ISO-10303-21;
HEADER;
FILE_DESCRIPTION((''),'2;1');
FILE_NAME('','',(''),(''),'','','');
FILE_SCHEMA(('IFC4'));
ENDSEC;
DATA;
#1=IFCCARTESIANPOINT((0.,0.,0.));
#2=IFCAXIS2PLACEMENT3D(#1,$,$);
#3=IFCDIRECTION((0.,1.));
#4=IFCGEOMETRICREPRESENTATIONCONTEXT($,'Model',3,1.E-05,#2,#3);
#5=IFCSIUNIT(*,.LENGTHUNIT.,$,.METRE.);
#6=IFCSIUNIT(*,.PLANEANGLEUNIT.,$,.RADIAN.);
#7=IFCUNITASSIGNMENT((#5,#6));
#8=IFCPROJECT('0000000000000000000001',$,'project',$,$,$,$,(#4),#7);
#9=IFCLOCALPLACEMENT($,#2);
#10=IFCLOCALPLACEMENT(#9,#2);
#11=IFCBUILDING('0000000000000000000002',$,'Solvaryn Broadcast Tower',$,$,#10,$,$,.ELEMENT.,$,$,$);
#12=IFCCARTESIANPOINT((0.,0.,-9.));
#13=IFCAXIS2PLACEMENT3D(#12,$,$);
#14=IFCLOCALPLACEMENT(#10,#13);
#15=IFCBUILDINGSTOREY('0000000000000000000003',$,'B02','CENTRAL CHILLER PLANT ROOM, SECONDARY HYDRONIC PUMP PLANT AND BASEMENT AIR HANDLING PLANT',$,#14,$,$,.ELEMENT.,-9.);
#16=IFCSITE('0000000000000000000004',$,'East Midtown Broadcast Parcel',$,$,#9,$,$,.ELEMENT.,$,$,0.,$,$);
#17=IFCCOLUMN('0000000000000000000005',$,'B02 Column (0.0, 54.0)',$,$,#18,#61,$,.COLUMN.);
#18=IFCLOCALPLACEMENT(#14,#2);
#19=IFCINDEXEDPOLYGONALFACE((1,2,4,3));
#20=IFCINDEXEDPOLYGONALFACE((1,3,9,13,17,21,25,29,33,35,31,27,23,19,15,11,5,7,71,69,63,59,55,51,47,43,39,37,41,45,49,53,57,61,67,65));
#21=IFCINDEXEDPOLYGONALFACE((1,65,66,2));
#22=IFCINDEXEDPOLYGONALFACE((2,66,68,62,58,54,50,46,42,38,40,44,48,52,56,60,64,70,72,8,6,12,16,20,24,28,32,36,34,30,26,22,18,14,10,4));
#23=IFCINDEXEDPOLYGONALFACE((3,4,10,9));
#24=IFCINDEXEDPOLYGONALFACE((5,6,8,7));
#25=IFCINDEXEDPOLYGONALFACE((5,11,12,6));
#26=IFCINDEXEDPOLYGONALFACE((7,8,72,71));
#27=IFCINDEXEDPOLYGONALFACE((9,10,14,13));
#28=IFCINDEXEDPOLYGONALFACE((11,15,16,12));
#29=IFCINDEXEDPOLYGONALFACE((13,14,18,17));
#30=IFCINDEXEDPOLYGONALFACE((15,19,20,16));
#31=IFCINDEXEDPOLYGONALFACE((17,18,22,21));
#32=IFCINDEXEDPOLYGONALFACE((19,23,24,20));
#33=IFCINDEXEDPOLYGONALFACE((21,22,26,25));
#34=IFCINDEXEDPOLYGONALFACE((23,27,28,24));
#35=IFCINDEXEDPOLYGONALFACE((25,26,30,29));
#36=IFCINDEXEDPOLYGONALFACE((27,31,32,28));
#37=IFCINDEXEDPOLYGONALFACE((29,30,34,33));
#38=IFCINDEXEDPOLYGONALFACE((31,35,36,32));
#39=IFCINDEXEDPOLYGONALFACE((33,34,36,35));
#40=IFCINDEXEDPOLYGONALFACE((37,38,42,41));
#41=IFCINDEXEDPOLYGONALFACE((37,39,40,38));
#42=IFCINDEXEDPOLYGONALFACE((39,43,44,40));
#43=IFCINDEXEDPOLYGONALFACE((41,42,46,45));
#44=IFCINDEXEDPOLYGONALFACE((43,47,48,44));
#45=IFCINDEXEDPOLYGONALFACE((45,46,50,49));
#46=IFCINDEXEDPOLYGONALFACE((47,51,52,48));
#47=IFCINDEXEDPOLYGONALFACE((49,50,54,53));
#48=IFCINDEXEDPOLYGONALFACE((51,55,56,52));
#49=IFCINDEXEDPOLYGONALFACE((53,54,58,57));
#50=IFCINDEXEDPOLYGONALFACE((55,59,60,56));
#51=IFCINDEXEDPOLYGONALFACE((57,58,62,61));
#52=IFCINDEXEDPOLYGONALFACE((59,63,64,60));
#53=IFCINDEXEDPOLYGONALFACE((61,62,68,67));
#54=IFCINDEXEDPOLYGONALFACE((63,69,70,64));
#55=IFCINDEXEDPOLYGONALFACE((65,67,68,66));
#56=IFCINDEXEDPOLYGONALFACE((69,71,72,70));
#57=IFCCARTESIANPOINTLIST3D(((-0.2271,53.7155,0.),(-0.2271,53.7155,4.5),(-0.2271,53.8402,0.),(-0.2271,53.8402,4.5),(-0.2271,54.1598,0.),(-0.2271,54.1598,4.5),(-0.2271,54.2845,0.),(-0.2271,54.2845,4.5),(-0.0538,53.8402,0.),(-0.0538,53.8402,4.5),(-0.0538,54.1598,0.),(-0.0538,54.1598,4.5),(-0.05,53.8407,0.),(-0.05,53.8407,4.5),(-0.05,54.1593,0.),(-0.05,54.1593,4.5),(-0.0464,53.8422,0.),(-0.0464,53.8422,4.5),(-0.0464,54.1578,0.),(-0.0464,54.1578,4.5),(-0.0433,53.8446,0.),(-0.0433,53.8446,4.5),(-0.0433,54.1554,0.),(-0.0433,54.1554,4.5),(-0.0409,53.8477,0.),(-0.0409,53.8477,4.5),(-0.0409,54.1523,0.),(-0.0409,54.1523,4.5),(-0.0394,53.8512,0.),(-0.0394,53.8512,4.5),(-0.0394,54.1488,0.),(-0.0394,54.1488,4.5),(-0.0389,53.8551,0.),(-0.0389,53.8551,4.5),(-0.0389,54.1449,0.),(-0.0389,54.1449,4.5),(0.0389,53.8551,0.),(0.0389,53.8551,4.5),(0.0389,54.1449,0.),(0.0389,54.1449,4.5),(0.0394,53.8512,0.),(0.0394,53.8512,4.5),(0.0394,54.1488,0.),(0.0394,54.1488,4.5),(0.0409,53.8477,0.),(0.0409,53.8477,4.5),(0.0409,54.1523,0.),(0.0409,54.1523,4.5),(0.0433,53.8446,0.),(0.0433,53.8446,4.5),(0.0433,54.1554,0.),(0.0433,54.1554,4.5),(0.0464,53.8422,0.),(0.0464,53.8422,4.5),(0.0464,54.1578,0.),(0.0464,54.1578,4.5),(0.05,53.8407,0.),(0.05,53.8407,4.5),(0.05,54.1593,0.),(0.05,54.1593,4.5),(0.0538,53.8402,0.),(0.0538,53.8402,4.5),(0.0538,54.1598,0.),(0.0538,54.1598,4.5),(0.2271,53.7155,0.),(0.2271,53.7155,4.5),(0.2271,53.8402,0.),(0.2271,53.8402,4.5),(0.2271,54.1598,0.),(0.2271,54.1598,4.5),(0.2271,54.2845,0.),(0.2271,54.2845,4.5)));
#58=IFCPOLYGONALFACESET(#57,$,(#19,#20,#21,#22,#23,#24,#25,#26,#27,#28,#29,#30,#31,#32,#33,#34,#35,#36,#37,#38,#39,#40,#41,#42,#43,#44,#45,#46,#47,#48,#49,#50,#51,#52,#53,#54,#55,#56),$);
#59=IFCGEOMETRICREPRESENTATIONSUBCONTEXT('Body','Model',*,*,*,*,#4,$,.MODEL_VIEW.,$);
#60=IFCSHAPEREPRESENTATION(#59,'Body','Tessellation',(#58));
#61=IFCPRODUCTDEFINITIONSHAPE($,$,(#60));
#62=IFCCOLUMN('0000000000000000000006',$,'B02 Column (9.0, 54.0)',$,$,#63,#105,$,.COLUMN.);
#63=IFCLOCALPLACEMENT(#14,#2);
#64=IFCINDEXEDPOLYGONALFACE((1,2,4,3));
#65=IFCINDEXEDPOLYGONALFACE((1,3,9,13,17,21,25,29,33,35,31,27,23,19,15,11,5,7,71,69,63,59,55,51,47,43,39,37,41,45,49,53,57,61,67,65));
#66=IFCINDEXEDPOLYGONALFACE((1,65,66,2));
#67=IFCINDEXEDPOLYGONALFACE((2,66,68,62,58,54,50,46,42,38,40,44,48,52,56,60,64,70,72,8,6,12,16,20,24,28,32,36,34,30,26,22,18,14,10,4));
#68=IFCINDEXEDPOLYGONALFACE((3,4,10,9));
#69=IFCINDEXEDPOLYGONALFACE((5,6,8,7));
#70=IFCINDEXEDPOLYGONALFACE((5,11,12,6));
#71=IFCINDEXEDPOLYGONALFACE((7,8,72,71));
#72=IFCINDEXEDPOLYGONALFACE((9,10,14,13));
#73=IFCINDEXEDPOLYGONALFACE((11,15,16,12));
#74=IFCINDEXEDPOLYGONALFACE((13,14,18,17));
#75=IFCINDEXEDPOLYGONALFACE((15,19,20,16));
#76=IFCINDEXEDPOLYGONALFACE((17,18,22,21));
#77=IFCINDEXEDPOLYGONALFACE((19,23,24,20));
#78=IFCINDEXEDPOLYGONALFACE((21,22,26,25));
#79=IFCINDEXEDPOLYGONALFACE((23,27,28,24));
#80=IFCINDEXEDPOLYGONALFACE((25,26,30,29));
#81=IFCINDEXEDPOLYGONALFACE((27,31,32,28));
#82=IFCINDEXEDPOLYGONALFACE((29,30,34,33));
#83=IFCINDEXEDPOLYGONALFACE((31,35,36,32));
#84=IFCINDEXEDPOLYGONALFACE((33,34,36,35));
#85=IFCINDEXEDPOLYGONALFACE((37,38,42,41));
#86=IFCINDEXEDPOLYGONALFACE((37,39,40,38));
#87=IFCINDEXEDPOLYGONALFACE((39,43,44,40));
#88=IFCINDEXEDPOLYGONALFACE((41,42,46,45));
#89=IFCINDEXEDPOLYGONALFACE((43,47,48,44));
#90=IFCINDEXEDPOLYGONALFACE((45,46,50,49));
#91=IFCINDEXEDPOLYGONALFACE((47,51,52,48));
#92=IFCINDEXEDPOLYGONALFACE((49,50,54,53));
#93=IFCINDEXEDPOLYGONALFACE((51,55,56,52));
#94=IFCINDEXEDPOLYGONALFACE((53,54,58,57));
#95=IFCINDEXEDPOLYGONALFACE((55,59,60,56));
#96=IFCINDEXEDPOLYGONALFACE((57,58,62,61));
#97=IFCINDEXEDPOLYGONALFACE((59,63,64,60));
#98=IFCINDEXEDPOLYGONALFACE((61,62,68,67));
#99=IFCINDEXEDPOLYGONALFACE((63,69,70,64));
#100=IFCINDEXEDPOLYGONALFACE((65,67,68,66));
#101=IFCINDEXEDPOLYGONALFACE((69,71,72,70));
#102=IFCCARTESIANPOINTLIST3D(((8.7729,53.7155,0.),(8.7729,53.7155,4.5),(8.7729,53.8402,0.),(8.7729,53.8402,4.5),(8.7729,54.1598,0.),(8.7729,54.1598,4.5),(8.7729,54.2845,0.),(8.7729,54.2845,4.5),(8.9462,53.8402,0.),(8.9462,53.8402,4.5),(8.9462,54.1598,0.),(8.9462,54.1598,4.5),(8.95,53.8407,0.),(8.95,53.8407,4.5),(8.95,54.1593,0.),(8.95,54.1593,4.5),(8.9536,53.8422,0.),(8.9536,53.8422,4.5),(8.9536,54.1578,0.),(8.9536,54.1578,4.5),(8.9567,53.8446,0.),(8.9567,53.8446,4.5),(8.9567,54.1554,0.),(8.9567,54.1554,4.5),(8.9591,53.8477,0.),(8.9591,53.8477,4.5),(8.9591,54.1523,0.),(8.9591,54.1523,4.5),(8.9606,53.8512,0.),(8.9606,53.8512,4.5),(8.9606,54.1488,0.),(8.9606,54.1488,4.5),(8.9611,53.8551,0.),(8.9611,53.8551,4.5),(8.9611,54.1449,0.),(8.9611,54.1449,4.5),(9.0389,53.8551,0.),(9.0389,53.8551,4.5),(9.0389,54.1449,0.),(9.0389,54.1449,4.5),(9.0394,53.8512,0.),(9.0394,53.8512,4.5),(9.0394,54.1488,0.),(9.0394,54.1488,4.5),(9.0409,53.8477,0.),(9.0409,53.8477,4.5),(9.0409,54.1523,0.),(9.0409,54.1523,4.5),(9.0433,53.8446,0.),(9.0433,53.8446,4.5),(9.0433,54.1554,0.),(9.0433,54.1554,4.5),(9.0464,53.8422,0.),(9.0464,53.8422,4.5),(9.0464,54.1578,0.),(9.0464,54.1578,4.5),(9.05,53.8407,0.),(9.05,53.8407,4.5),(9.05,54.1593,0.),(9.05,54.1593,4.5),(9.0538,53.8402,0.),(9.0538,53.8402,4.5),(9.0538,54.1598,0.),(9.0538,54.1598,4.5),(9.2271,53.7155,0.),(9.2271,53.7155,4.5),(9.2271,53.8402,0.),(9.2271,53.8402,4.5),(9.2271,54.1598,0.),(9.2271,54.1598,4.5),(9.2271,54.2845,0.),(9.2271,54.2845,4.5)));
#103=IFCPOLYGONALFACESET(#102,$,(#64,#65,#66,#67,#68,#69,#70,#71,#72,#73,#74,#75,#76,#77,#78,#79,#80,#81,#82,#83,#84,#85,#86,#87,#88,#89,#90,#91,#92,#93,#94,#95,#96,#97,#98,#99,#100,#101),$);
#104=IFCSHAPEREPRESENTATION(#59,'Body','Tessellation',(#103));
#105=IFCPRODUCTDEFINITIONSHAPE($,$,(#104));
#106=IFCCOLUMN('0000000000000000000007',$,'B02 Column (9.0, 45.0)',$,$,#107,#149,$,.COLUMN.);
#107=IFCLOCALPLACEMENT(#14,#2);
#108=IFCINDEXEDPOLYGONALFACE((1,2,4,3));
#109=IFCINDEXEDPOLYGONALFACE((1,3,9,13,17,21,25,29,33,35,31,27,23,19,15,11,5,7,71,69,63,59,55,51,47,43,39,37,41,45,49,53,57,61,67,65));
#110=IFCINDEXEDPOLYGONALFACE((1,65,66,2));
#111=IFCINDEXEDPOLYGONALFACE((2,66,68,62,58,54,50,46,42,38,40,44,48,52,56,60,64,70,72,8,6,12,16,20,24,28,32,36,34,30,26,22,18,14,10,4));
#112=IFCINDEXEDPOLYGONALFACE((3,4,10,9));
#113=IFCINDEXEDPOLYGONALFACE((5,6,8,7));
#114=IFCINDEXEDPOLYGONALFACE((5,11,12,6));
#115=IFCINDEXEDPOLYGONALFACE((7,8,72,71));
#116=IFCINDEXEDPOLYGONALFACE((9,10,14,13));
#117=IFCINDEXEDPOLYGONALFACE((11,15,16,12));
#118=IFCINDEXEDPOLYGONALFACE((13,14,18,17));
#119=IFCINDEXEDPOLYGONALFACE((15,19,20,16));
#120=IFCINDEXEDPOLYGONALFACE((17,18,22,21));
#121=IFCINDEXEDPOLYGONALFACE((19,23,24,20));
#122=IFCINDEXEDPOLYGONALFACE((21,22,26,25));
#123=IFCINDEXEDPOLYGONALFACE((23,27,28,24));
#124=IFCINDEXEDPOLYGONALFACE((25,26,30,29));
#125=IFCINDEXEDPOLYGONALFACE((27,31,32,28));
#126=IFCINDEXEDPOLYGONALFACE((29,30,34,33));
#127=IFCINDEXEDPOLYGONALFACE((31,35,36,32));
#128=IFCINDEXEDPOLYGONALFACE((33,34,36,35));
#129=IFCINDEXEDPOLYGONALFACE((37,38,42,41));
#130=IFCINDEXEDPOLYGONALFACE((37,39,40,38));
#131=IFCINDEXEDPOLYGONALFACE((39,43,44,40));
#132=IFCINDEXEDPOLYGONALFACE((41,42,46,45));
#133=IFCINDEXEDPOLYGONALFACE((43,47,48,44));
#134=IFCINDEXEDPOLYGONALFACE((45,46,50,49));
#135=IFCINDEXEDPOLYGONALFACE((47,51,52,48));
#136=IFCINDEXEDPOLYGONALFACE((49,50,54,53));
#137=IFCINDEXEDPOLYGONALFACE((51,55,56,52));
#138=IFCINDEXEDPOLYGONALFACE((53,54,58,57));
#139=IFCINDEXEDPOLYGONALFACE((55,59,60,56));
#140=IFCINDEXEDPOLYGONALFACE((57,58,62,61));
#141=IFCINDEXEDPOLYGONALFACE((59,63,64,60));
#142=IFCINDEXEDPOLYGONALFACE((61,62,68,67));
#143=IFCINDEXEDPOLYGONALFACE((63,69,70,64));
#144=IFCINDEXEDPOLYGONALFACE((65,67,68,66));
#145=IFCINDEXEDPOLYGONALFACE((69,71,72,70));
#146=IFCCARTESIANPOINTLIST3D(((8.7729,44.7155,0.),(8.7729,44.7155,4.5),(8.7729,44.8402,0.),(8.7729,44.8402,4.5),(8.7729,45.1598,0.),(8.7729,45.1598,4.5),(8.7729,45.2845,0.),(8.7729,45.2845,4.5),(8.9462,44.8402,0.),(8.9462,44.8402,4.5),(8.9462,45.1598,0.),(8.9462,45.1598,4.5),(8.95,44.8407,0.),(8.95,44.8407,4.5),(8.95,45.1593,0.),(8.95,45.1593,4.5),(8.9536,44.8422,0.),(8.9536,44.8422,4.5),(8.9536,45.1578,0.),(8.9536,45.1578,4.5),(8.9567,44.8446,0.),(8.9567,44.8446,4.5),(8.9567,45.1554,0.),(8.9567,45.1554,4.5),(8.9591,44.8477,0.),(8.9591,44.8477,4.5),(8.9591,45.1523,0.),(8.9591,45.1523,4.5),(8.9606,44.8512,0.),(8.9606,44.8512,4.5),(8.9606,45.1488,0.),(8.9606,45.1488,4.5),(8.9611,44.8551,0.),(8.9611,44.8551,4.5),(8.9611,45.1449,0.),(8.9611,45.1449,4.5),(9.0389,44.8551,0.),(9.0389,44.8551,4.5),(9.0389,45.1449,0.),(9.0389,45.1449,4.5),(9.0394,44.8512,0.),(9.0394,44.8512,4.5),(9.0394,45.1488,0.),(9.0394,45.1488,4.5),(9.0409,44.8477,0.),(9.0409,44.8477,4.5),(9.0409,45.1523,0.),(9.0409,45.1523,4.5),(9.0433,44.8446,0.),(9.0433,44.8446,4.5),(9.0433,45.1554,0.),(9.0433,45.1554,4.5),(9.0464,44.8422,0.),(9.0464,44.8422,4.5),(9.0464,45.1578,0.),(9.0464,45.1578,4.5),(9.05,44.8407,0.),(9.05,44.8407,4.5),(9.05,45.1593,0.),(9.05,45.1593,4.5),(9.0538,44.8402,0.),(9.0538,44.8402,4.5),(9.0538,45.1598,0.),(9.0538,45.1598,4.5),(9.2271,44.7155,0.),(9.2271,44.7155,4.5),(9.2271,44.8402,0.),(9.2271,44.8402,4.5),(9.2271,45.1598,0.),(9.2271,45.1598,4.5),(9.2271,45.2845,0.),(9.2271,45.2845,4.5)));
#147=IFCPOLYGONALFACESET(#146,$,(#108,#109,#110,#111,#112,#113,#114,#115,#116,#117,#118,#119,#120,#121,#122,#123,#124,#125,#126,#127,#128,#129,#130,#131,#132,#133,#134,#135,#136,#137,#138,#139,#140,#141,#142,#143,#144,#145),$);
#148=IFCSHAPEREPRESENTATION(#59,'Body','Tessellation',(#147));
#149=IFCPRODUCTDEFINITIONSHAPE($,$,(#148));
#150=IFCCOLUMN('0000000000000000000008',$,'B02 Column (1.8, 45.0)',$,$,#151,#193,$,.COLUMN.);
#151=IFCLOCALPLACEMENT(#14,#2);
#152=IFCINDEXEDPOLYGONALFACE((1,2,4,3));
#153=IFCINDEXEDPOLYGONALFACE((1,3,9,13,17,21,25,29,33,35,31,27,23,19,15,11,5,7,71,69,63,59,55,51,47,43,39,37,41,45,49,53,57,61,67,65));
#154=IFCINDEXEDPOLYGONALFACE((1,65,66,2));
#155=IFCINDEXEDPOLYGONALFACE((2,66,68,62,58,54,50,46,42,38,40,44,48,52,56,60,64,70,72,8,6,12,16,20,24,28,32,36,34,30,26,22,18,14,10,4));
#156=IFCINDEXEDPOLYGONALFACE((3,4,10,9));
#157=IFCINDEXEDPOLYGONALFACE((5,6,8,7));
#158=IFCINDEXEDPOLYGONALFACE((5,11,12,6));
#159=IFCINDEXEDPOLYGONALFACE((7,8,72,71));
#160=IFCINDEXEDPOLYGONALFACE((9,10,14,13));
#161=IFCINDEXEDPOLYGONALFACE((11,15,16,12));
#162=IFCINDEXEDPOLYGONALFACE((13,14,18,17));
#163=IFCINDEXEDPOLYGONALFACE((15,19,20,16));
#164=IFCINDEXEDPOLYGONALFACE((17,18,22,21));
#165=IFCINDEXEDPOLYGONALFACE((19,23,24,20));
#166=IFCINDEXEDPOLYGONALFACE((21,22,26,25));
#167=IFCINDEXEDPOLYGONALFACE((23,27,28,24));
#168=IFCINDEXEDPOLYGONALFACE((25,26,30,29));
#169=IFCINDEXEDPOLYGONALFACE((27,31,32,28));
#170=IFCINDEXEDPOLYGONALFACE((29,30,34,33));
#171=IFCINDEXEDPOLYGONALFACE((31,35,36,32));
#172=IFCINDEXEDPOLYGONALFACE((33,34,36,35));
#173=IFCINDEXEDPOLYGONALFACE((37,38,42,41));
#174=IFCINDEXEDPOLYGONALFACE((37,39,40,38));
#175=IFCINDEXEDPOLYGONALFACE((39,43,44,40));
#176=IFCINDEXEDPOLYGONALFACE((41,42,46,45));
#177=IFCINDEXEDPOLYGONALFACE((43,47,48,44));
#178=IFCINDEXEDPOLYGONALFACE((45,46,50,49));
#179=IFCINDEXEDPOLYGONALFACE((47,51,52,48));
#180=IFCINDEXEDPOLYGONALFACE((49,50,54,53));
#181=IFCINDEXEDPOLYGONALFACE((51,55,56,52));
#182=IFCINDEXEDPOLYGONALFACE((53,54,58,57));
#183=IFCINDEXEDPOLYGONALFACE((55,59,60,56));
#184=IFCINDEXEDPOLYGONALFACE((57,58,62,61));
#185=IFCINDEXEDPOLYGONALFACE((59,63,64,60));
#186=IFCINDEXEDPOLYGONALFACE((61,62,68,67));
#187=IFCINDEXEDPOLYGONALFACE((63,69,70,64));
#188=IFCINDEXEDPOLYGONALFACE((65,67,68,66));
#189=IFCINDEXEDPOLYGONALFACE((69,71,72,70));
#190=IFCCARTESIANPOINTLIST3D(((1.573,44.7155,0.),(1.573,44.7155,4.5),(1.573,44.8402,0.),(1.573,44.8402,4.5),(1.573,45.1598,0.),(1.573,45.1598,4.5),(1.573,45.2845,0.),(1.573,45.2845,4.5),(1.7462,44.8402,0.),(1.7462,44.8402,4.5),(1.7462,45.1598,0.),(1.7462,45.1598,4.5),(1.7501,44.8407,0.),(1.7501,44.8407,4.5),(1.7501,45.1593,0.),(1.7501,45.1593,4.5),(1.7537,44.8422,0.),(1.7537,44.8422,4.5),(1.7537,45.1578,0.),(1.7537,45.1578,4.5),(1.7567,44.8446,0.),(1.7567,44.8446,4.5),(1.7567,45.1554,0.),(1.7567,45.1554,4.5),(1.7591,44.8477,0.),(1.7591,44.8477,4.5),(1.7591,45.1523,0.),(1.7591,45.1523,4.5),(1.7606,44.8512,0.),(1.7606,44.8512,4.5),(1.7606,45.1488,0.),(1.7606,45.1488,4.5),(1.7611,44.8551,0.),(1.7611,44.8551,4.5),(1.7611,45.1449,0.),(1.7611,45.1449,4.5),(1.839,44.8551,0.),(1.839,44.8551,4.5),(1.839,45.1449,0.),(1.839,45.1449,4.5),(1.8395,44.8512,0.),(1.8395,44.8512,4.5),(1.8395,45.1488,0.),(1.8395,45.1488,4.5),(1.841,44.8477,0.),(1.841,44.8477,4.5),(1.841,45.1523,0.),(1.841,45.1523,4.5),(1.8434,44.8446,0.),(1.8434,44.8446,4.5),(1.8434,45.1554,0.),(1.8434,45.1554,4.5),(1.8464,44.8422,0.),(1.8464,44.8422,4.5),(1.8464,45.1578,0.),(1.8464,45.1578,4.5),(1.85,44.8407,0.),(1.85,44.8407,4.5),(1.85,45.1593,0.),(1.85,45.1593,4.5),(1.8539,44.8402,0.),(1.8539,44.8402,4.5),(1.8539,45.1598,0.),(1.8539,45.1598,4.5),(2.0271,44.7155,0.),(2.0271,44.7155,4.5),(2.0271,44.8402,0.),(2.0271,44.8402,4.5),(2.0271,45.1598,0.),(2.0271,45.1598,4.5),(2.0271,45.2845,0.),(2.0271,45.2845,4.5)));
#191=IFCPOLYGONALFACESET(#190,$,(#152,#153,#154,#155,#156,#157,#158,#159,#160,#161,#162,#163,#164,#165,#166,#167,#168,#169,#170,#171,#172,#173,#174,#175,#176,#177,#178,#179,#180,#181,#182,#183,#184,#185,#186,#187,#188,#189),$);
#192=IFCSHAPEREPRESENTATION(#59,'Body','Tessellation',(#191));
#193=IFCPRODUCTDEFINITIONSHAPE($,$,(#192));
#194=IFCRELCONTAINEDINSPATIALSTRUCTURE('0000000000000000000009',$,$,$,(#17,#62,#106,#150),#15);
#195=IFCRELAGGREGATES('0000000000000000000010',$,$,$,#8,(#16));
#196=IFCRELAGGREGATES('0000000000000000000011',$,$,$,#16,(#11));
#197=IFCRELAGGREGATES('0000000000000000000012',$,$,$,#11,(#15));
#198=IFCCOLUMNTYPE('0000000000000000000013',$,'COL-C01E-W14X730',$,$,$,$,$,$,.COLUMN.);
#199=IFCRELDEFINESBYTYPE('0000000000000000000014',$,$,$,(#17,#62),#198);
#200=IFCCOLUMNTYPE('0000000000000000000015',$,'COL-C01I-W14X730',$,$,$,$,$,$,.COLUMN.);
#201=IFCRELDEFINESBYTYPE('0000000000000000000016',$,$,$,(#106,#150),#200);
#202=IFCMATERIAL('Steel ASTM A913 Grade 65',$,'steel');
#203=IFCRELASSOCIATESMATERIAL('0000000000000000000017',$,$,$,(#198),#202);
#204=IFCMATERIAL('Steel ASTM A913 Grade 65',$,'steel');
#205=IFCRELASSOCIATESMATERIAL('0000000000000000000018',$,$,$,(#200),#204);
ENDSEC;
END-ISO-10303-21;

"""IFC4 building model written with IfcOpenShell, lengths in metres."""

from ifc_helpers import new_model, si_unit, direction, frame, origin, origin_2d, place, context, subcontext, project, spatial, i_section, extrude, material, material_profile, profile_set, type_object, element, save


model = new_model("IFC4")

# Units and contexts
model_context = context("Model", 3, precision=1e-05, world=origin(), true_north=direction((0.0, 1.0)))
body_context = subcontext(model_context, "Body", "Model", "MODEL_VIEW")
ifc_project = project(units=[si_unit("LENGTHUNIT", "METRE"), si_unit("PLANEANGLEUNIT", "RADIAN")], contexts=[model_context])

# Site, building, storey
site_placement = place(None, origin())
site = spatial("IfcSite", under=ifc_project, at=site_placement, Name="East Midtown Broadcast Parcel", CompositionType="ELEMENT", RefElevation=0.0)
building_placement = place(site_placement, origin())
building = spatial("IfcBuilding", under=site, at=building_placement, Name="Solvaryn Broadcast Tower", CompositionType="ELEMENT")
storey_placement = place(building_placement, frame((0.0, 0.0, -9.0)))
storey = spatial("IfcBuildingStorey", under=building, at=storey_placement, Name="B02", Description="CENTRAL CHILLER PLANT ROOM, SECONDARY HYDRONIC PUMP PLANT AND BASEMENT AIR HANDLING PLANT", CompositionType="ELEMENT", Elevation=-9.0)

# Columns
ifc_material_1 = material(Name="Steel ASTM A913 Grade 65", Category="steel")
ifc_material_profile_1 = material_profile(ifc_material_1, i_section(OverallWidth=0.4541, OverallDepth=0.5691, WebThickness=0.0779, FlangeThickness=0.1248, FilletRadius=0.0149, at=origin_2d()))
ifc_profile_set_1 = profile_set([ifc_material_profile_1], Name="Steel ASTM A913 Grade 65")
column_type_1 = type_object("IfcColumnType", Name="COL-C01E-W14X730", PredefinedType="COLUMN", material=ifc_profile_set_1)
for number, where, z_axis, x_axis, name in (
    (1, (0.0, 54.0, 0.0), (0.0, 0.0, 1.0), (1.0, 0.0, 0.0), "B02 Column (0.0, 54.0)"),
    (2, (9.0, 54.0, 0.0), (0.0, 0.0, 1.0), (1.0, 0.0, 0.0), "B02 Column (9.0, 54.0)"),
):
    element("IfcColumn", number, at=place(storey_placement, frame(where, z_axis=z_axis, x_axis=x_axis)), inside=storey, type_object=column_type_1, Name=name, PredefinedType="COLUMN", context=body_context, shape_type="SweptSolid", body=[
        extrude(i_section(OverallWidth=0.4541, OverallDepth=0.5691, WebThickness=0.0779, FlangeThickness=0.1248, FilletRadius=0.0149, at=origin_2d()), origin(), (0.0, 0.0, 1.0), 4.5),
    ])
ifc_material_2 = material(Name="Steel ASTM A913 Grade 65", Category="steel")
ifc_material_profile_2 = material_profile(ifc_material_2, i_section(OverallWidth=0.4541, OverallDepth=0.5691, WebThickness=0.0779, FlangeThickness=0.1248, FilletRadius=0.0149, at=origin_2d()))
ifc_profile_set_2 = profile_set([ifc_material_profile_2], Name="Steel ASTM A913 Grade 65")
column_type_2 = type_object("IfcColumnType", Name="COL-C01I-W14X730", PredefinedType="COLUMN", material=ifc_profile_set_2)
for number, where, z_axis, x_axis, name in (
    (3, (9.0, 45.0, 0.0), (0.0, 0.0, 1.0), (1.0, 0.0, 0.0), "B02 Column (9.0, 45.0)"),
    (4, (1.8, 45.0, 0.0), (0.0, 0.0, 1.0), (1.0, 0.0, 0.0), "B02 Column (1.8, 45.0)"),
):
    element("IfcColumn", number, at=place(storey_placement, frame(where, z_axis=z_axis, x_axis=x_axis)), inside=storey, type_object=column_type_2, Name=name, PredefinedType="COLUMN", context=body_context, shape_type="SweptSolid", body=[
        extrude(i_section(OverallWidth=0.4541, OverallDepth=0.5691, WebThickness=0.0779, FlangeThickness=0.1248, FilletRadius=0.0149, at=origin_2d()), origin(), (0.0, 0.0, 1.0), 4.5),
    ])

save(model, "model.ifc")
